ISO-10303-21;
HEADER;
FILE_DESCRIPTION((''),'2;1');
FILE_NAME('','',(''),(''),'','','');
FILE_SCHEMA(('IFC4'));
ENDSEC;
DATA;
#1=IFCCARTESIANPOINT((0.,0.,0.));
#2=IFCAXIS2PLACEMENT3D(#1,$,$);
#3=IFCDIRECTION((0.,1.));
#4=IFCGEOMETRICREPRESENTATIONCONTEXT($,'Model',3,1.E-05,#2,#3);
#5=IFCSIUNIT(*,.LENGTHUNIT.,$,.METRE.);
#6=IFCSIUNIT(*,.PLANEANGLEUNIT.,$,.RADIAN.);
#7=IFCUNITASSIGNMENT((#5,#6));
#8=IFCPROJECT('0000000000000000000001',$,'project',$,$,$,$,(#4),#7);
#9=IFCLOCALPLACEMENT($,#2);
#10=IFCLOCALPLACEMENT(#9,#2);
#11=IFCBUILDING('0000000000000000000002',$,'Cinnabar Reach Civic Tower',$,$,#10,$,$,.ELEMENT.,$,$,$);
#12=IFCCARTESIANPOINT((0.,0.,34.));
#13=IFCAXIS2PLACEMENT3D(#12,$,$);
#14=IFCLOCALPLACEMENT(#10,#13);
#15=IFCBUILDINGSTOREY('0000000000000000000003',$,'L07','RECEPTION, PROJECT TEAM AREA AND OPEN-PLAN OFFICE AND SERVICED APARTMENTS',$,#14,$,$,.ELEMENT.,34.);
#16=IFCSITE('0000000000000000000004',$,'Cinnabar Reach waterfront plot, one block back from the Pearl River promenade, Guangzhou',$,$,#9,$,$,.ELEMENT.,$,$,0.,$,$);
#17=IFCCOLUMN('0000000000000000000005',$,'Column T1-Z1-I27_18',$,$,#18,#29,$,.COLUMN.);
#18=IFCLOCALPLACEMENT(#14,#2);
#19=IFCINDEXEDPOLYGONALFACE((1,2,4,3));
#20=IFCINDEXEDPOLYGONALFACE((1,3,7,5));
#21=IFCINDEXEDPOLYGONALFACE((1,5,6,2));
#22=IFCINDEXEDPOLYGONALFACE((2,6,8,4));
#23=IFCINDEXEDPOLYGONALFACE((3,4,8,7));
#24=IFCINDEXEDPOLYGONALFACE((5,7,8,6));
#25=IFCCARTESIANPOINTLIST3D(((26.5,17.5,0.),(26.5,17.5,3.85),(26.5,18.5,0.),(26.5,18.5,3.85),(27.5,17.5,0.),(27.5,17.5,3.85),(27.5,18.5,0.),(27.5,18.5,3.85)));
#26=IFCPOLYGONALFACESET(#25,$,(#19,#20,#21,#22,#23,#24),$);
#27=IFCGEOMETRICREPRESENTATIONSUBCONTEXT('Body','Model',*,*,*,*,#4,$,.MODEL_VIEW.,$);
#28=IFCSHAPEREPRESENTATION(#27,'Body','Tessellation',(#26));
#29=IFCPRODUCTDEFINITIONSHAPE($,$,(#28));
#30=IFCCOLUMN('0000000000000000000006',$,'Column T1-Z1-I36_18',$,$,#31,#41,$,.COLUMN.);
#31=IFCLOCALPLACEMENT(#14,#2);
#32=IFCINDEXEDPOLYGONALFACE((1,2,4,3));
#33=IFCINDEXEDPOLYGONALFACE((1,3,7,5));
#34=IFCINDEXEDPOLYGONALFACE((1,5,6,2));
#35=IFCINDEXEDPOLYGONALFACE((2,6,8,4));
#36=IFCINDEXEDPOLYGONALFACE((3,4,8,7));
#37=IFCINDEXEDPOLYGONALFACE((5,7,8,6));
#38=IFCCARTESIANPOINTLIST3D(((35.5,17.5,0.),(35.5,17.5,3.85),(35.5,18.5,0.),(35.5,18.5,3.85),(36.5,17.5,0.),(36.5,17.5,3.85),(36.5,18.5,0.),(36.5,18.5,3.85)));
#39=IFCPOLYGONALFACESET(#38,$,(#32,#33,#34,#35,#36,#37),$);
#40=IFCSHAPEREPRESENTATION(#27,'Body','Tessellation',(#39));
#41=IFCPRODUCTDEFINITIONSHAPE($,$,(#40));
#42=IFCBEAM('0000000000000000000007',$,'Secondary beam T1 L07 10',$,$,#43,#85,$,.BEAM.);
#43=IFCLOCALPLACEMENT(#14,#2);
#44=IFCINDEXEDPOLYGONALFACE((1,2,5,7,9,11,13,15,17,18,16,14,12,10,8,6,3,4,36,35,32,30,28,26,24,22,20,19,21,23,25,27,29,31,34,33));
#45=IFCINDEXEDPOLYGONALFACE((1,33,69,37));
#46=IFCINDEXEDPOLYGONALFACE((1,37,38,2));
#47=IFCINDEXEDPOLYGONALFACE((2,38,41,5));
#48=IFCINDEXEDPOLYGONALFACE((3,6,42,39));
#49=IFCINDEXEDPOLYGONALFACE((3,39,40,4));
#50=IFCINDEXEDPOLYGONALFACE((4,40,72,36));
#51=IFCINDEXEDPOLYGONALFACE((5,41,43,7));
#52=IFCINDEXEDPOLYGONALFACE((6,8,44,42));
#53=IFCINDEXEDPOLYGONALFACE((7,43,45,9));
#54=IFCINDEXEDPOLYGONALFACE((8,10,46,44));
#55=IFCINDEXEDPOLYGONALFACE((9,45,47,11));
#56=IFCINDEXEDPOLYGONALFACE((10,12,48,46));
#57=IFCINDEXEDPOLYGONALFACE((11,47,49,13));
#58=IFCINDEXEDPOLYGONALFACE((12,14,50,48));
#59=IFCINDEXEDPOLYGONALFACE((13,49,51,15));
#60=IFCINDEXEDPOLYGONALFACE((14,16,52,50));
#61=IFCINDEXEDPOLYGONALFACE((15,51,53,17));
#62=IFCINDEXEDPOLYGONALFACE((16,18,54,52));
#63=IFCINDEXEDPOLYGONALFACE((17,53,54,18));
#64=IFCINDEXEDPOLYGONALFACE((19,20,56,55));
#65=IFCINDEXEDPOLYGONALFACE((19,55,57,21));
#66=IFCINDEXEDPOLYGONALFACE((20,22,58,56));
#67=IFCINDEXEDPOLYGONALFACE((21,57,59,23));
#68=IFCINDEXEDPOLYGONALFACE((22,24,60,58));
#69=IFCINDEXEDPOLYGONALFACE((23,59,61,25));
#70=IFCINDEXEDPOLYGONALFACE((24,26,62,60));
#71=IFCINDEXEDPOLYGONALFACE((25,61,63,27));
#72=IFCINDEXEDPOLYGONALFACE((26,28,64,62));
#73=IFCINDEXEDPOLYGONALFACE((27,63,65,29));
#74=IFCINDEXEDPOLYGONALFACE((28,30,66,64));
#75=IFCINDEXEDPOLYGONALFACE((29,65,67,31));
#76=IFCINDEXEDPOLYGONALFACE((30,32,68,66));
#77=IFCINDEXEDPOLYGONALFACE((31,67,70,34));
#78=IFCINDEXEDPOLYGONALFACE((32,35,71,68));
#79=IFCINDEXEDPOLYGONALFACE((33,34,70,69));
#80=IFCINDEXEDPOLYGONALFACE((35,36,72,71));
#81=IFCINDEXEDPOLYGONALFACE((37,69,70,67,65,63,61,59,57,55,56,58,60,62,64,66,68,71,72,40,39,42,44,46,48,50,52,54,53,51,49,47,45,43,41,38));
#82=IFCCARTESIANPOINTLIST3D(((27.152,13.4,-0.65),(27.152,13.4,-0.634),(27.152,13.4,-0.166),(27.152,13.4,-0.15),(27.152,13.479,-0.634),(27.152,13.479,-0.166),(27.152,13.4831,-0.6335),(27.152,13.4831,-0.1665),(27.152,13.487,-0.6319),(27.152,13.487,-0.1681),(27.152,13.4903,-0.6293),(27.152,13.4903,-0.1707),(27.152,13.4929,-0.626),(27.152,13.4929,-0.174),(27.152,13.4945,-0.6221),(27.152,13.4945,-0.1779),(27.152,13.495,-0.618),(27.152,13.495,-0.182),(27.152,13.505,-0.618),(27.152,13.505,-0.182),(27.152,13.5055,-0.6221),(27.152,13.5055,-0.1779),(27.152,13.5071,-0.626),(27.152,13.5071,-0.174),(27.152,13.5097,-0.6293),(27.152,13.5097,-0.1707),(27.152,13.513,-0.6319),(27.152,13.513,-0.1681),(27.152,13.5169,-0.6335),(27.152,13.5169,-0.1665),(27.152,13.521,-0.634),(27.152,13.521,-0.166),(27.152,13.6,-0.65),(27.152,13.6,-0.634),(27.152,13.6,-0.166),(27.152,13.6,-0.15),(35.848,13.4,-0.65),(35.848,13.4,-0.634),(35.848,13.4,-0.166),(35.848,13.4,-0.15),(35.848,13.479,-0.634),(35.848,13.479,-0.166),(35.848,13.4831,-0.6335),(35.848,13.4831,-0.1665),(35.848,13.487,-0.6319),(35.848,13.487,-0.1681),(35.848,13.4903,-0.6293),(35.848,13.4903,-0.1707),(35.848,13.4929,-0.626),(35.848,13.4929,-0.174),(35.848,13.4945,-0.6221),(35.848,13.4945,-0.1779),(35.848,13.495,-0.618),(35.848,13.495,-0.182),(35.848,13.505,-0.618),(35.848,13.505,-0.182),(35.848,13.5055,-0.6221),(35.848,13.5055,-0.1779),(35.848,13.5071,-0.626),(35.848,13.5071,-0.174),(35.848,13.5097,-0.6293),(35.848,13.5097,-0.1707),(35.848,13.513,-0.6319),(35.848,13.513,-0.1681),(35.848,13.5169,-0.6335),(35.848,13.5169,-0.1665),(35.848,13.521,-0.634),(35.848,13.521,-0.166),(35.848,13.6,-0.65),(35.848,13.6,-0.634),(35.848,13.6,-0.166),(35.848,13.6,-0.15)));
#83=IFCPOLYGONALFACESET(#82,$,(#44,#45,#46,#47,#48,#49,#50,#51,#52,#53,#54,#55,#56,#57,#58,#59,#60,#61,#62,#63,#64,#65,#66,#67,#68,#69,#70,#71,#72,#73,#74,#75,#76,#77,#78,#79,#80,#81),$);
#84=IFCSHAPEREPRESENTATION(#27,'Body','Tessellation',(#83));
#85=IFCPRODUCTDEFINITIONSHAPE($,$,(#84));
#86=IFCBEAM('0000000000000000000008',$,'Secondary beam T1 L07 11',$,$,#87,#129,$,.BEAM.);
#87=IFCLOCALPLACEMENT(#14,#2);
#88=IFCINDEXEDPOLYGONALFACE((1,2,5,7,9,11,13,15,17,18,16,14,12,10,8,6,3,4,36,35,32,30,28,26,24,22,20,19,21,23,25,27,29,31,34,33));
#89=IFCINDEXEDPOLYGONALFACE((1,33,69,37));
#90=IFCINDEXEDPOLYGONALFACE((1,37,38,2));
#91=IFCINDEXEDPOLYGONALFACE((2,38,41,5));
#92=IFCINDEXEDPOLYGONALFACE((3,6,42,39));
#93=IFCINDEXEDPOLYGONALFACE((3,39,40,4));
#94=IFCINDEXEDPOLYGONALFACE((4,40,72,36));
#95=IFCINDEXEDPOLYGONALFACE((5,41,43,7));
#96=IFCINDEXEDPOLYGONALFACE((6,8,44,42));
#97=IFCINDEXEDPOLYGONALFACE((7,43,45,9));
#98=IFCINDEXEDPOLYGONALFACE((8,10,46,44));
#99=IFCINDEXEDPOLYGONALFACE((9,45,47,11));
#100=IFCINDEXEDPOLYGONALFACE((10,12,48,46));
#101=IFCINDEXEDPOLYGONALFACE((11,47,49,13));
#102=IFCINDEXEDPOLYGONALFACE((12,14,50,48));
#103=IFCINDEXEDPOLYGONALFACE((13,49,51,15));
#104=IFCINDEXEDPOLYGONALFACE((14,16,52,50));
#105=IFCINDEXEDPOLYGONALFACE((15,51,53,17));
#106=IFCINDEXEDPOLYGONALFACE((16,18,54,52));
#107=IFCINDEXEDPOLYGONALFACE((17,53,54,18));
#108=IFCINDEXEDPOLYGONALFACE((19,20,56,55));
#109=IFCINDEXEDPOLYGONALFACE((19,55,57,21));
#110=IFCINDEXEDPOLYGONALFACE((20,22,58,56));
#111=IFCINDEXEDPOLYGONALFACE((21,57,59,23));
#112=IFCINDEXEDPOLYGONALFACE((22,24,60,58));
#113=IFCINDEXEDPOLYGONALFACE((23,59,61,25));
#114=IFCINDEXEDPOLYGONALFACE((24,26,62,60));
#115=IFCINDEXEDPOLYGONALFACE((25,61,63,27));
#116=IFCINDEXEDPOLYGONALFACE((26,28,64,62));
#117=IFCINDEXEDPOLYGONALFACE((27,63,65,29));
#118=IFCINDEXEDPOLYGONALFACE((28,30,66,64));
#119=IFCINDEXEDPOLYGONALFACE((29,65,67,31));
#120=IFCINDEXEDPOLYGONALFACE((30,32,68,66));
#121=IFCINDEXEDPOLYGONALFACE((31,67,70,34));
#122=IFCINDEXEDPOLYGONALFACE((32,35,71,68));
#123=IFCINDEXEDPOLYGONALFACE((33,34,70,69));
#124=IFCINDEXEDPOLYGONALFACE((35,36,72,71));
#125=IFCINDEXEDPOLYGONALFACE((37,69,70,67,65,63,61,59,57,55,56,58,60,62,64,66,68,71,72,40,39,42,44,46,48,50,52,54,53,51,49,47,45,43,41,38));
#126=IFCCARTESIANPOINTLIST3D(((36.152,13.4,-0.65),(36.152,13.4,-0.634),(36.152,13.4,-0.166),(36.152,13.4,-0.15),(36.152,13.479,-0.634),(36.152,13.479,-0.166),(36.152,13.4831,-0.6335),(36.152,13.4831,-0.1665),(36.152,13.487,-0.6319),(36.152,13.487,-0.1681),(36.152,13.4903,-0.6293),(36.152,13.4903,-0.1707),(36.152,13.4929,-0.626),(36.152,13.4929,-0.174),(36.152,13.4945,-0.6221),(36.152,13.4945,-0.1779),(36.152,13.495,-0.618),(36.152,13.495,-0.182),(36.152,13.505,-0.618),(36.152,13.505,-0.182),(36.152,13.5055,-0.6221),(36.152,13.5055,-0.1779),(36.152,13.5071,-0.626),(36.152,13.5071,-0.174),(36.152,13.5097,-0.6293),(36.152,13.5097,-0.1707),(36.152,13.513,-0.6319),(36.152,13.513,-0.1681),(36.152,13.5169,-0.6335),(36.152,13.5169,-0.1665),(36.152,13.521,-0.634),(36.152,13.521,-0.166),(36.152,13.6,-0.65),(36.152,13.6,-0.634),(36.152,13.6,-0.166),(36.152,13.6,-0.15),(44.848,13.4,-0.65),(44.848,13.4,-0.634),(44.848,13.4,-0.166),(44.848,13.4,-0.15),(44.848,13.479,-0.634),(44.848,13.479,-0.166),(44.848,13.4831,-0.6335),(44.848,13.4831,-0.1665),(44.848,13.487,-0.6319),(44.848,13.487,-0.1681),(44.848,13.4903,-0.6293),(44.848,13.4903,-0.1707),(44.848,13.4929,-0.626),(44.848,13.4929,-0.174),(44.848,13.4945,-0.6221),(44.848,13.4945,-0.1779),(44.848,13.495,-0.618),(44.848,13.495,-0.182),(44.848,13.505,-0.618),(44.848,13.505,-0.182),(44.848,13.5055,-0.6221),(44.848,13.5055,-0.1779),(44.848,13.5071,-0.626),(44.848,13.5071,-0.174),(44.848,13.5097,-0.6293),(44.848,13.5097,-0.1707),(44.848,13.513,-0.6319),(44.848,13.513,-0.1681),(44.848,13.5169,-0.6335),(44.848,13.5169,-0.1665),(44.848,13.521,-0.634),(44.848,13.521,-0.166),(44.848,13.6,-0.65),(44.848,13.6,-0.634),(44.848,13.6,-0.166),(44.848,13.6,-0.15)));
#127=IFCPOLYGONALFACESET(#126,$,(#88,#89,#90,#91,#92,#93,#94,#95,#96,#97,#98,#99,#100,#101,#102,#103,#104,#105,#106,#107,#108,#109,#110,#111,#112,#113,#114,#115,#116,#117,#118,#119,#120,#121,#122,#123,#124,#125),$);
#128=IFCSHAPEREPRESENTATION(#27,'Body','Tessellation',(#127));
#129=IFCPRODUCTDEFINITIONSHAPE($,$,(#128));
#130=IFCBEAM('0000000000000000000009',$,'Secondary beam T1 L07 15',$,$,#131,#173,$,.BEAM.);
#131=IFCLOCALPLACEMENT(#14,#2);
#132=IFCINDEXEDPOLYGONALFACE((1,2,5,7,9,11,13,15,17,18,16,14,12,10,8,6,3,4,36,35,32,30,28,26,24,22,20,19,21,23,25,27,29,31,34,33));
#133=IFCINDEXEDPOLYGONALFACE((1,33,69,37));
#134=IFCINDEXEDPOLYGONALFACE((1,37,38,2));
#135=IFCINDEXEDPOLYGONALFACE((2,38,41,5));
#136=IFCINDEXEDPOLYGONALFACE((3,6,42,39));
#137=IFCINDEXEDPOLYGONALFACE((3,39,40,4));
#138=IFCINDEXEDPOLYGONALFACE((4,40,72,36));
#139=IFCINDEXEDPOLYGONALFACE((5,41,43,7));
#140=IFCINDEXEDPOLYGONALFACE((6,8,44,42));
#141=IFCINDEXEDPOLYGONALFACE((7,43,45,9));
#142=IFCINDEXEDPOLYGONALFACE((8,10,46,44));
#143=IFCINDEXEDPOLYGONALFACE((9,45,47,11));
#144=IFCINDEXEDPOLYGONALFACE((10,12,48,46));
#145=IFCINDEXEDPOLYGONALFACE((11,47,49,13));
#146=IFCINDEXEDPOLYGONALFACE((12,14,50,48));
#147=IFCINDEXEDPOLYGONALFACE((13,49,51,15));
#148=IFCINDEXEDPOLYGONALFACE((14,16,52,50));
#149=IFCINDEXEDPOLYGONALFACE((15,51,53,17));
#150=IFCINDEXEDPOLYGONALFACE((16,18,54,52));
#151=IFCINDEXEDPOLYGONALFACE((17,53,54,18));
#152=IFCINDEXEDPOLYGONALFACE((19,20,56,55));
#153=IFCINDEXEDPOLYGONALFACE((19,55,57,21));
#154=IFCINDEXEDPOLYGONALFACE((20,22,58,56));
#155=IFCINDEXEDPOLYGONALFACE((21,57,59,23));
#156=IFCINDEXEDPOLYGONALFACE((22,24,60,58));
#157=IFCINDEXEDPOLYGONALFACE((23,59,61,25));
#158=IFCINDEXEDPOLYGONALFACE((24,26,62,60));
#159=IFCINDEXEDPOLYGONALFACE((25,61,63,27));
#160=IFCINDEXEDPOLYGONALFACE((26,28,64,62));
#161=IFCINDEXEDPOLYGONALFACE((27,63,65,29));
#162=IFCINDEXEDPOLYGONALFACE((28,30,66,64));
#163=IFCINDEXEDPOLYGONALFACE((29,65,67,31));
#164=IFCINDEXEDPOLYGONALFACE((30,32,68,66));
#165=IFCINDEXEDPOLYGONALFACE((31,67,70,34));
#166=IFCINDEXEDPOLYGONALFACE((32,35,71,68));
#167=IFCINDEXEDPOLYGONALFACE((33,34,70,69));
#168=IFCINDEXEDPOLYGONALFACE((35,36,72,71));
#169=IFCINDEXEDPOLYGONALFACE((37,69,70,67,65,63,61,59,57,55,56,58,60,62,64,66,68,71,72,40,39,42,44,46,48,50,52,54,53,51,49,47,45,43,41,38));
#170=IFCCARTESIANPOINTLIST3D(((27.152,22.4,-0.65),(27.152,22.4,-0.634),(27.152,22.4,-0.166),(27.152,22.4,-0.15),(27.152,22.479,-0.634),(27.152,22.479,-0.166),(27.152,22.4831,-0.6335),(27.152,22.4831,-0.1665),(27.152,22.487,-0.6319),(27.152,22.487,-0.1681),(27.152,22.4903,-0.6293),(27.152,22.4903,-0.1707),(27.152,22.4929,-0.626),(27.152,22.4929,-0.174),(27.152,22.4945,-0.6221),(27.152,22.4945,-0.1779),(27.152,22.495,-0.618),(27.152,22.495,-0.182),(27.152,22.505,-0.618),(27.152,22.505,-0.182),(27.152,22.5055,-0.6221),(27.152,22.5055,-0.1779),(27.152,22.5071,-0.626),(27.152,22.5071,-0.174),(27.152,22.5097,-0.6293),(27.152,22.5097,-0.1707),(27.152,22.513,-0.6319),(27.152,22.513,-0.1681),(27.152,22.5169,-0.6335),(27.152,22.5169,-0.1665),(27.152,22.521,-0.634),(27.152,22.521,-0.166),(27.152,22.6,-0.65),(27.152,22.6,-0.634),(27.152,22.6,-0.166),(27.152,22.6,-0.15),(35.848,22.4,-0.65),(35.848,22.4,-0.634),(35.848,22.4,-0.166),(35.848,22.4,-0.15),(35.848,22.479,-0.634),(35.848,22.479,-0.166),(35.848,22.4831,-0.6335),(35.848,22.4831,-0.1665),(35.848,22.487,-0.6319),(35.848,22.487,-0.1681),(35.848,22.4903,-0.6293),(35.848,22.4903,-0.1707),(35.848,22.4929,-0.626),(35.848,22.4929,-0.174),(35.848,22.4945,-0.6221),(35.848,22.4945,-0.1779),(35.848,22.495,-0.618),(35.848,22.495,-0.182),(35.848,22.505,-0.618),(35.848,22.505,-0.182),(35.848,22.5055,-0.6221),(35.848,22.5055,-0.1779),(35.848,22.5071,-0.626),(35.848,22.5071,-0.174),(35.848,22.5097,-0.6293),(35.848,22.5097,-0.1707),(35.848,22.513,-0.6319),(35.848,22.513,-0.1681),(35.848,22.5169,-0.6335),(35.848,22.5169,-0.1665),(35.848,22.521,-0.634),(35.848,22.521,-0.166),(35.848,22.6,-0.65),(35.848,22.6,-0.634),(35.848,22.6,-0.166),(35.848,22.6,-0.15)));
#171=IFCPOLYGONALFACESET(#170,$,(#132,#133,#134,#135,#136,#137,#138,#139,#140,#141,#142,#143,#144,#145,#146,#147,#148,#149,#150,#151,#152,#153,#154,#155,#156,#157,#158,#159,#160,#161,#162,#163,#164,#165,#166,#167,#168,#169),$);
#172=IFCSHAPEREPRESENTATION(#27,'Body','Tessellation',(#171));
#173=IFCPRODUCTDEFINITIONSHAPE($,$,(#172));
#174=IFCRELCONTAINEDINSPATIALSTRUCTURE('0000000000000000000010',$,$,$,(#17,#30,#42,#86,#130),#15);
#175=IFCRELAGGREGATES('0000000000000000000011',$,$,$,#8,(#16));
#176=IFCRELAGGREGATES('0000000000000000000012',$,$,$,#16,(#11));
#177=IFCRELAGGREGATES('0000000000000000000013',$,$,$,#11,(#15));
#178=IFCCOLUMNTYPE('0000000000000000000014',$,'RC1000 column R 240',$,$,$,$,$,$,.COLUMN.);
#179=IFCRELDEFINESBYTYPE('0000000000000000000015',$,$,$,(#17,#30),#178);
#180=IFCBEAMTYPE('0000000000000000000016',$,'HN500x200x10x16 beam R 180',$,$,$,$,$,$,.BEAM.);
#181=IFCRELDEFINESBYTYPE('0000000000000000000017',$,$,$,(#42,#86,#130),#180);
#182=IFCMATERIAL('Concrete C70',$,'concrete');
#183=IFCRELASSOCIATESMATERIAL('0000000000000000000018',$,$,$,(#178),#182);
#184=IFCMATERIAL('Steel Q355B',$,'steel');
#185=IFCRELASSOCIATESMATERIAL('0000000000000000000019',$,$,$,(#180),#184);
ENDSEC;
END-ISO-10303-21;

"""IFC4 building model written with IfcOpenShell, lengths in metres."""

from ifc_helpers import new_model, si_unit, direction, frame, origin, origin_2d, place, context, subcontext, project, spatial, rectangle, i_section, extrude, material, material_profile, profile_set, type_object, element, save


model = new_model("IFC4")

# Units and contexts
model_context = context("Model", 3, precision=1e-05, world=origin(), true_north=direction((0.0, 1.0)))
body_context = subcontext(model_context, "Body", "Model", "MODEL_VIEW")
ifc_project = project(units=[si_unit("LENGTHUNIT", "METRE"), si_unit("PLANEANGLEUNIT", "RADIAN")], contexts=[model_context])

# Site, building, storey
site_placement = place(None, origin())
site = spatial("IfcSite", under=ifc_project, at=site_placement, Name="Cinnabar Reach waterfront plot, one block back from the Pearl River promenade, Guangzhou", CompositionType="ELEMENT", RefElevation=0.0)
building_placement = place(site_placement, origin())
building = spatial("IfcBuilding", under=site, at=building_placement, Name="Cinnabar Reach Civic Tower", CompositionType="ELEMENT")
storey_placement = place(building_placement, frame((0.0, 0.0, 34.0)))
storey = spatial("IfcBuildingStorey", under=building, at=storey_placement, Name="L07", Description="RECEPTION, PROJECT TEAM AREA AND OPEN-PLAN OFFICE AND SERVICED APARTMENTS", CompositionType="ELEMENT", Elevation=34.0)

# Columns
ifc_material_1 = material(Name="Concrete C70", Category="concrete")
ifc_material_profile_1 = material_profile(ifc_material_1, rectangle(XDim=1.0, YDim=1.0, at=origin_2d()), Name="RC1000")
ifc_profile_set_1 = profile_set([ifc_material_profile_1], Name="Concrete C70")
column_type = type_object("IfcColumnType", Name="RC1000 column R 240", PredefinedType="COLUMN", material=ifc_profile_set_1)
for number, where, z_axis, x_axis, name in (
    (1, (27.0, 18.0, 0.0), (0.0, 0.0, 1.0), (1.0, 0.0, 0.0), "Column T1-Z1-I27_18"),
    (2, (36.0, 18.0, 0.0), (0.0, 0.0, 1.0), (1.0, 0.0, 0.0), "Column T1-Z1-I36_18"),
):
    element("IfcColumn", number, at=place(storey_placement, frame(where, z_axis=z_axis, x_axis=x_axis)), inside=storey, type_object=column_type, Name=name, PredefinedType="COLUMN", context=body_context, shape_type="SweptSolid", body=[
        extrude(rectangle(XDim=1.0, YDim=1.0, at=origin_2d()), origin(), (0.0, 0.0, 1.0), 3.85),
    ])

# Beams
ifc_material_2 = material(Name="Steel Q355B", Category="steel")
ifc_material_profile_2 = material_profile(ifc_material_2, i_section(OverallWidth=0.2, OverallDepth=0.5, WebThickness=0.01, FlangeThickness=0.016, FilletRadius=0.016, at=origin_2d()), Name="HN500x200x10x16")
ifc_profile_set_2 = profile_set([ifc_material_profile_2], Name="Steel Q355B")
beam_type_1 = type_object("IfcBeamType", Name="HN500x200x10x16 beam R 180", PredefinedType="BEAM", material=ifc_profile_set_2)
for number, where, z_axis, x_axis, name in (
    (3, (27.152, 13.5, -0.4), (1.0, 0.0, 0.0), (0.0, 1.0, 0.0), "Secondary beam T1 L07 10"),
    (4, (36.152, 13.5, -0.4), (1.0, 0.0, 0.0), (0.0, 1.0, 0.0), "Secondary beam T1 L07 11"),
    (5, (27.152, 22.5, -0.4), (1.0, 0.0, 0.0), (0.0, 1.0, 0.0), "Secondary beam T1 L07 15"),
):
    element("IfcBeam", number, at=place(storey_placement, frame(where, z_axis=z_axis, x_axis=x_axis)), inside=storey, type_object=beam_type_1, Name=name, PredefinedType="BEAM", context=body_context, shape_type="SweptSolid", body=[
        extrude(i_section(OverallWidth=0.2, OverallDepth=0.5, WebThickness=0.01, FlangeThickness=0.016, FilletRadius=0.016, at=origin_2d()), origin(), (0.0, 0.0, 1.0), 8.696),
    ])

save(model, "model.ifc")
